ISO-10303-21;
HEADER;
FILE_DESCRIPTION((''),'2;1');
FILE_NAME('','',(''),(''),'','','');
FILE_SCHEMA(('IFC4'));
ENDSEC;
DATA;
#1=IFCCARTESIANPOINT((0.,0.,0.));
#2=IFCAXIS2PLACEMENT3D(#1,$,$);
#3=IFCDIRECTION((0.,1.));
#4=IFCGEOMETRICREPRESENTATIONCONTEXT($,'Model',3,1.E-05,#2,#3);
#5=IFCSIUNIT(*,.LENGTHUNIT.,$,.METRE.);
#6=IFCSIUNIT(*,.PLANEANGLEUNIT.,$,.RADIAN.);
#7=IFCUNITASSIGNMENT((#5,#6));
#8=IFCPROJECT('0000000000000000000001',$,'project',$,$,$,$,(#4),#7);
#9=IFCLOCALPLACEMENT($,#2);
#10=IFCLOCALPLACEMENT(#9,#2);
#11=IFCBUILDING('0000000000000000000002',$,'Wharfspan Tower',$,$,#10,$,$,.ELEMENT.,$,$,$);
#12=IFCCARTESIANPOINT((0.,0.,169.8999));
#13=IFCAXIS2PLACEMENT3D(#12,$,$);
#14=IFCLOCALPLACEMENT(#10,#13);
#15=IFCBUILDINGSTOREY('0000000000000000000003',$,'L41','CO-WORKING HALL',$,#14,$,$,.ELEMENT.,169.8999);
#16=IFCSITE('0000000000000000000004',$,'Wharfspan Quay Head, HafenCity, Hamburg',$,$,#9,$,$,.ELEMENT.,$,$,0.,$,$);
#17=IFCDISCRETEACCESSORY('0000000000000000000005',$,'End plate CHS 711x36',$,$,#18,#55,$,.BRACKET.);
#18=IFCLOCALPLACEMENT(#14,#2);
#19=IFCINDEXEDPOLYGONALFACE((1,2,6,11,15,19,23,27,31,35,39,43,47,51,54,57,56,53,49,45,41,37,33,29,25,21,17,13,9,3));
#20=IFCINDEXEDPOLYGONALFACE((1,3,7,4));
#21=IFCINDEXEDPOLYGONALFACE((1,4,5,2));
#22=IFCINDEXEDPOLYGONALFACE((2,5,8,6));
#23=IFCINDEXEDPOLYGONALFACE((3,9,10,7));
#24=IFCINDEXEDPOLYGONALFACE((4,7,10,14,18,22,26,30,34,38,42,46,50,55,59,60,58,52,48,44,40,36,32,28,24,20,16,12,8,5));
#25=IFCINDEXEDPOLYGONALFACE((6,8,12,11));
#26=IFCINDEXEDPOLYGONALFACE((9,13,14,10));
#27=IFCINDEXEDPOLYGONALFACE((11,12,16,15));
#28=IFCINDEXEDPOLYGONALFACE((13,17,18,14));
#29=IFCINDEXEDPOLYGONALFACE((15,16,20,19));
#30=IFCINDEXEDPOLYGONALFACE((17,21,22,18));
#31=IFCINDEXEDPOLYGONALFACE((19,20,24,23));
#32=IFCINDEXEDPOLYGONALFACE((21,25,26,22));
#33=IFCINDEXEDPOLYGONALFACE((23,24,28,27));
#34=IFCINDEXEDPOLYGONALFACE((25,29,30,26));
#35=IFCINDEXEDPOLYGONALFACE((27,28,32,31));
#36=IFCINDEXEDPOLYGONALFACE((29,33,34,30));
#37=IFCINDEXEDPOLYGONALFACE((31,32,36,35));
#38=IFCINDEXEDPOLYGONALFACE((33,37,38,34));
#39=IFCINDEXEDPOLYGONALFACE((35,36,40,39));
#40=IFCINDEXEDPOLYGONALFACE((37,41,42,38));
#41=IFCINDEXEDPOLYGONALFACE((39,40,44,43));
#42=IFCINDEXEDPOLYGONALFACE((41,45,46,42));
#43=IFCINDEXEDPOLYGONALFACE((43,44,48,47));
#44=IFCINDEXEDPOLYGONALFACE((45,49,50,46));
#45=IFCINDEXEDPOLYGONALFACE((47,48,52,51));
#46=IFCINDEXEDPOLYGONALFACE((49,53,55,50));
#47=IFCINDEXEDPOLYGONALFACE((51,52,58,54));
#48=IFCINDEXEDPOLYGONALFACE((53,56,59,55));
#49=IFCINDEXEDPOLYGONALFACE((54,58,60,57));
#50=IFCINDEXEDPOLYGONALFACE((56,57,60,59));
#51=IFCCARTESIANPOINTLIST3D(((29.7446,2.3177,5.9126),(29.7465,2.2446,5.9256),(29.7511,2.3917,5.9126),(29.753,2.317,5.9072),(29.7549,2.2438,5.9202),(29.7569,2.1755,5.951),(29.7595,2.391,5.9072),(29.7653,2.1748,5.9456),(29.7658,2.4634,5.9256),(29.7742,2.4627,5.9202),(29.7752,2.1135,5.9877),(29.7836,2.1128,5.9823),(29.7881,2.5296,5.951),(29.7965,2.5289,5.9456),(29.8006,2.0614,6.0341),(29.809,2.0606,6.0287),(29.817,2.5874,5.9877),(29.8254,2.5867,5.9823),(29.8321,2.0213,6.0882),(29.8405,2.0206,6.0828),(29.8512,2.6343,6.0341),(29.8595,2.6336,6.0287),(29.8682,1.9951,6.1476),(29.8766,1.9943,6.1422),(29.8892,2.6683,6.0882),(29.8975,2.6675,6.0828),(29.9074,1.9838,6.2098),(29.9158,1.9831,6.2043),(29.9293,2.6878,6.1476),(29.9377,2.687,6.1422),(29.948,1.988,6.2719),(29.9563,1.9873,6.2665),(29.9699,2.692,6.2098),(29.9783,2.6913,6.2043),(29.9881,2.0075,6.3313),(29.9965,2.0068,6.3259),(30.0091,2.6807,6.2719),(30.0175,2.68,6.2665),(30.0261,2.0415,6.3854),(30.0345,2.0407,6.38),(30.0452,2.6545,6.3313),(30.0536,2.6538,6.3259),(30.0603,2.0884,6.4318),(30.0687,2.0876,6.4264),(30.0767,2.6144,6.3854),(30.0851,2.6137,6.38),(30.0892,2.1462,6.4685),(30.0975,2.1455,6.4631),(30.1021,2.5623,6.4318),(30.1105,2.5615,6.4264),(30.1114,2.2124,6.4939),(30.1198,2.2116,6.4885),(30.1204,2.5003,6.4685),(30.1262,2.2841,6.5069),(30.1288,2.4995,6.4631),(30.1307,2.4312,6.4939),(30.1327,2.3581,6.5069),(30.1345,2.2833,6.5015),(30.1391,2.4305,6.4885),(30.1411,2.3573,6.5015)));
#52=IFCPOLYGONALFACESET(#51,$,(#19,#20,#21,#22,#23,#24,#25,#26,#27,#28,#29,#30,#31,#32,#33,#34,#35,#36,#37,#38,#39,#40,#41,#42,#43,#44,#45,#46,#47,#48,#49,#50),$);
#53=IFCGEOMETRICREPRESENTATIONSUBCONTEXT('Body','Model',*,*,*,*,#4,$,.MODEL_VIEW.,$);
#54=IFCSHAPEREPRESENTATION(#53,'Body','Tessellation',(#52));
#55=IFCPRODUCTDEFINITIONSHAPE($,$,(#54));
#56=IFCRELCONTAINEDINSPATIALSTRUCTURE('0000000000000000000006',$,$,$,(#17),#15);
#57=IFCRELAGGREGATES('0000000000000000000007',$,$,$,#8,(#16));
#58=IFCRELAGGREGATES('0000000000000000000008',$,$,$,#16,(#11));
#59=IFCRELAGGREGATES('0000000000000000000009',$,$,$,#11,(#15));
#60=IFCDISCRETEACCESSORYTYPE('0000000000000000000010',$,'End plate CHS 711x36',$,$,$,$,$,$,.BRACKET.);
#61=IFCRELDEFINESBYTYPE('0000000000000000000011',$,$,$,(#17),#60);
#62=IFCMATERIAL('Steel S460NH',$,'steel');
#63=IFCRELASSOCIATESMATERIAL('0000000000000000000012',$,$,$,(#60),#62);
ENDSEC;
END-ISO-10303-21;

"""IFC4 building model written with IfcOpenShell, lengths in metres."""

from ifc_helpers import new_model, si_unit, direction, frame, origin, origin_2d, place, context, subcontext, project, spatial, circle, extrude, material, material_profile, profile_set, type_object, element, save


model = new_model("IFC4")

# Units and contexts
model_context = context("Model", 3, precision=1e-05, world=origin(), true_north=direction((0.0, 1.0)))
body_context = subcontext(model_context, "Body", "Model", "MODEL_VIEW")
ifc_project = project(units=[si_unit("LENGTHUNIT", "METRE"), si_unit("PLANEANGLEUNIT", "RADIAN")], contexts=[model_context])

# Site, building, storey
site_placement = place(None, origin())
site = spatial("IfcSite", under=ifc_project, at=site_placement, Name="Wharfspan Quay Head, HafenCity, Hamburg", CompositionType="ELEMENT", RefElevation=0.0)
building_placement = place(site_placement, origin())
building = spatial("IfcBuilding", under=site, at=building_placement, Name="Wharfspan Tower", CompositionType="ELEMENT")
storey_placement = place(building_placement, frame((0.0, 0.0, 169.8999)))
storey = spatial("IfcBuildingStorey", under=building, at=storey_placement, Name="L41", Description="CO-WORKING HALL", CompositionType="ELEMENT", Elevation=169.8999)

# Shared definitions
ifc_material_1 = material(Name="Steel S460NH", Category="steel")

# Discrete accessory
ifc_material_profile_1 = material_profile(ifc_material_1, circle(Radius=0.3555, at=origin_2d()))
ifc_profile_set_1 = profile_set([ifc_material_profile_1], Name="Steel S460NH")
discrete_accessory_type = type_object("IfcDiscreteAccessoryType", Name="End plate CHS 711x36", PredefinedType="BRACKET", material=ifc_profile_set_1)
for number, where, z_axis, x_axis, name in (
    (1, (29.947, 2.3372, 6.2043), (-0.837276, 0.073877, 0.541767), (-0.087893, -0.996132, 0.000001), "End plate CHS 711x36"),
):
    element("IfcDiscreteAccessory", number, at=place(storey_placement, frame(where, z_axis=z_axis, x_axis=x_axis)), inside=storey, type_object=discrete_accessory_type, Name=name, PredefinedType="BRACKET", context=body_context, shape_type="SweptSolid", body=[
        extrude(circle(Radius=0.3555, at=origin_2d()), origin(), (0.0, 0.0, 1.0), 0.01),
    ])

save(model, "model.ifc")
